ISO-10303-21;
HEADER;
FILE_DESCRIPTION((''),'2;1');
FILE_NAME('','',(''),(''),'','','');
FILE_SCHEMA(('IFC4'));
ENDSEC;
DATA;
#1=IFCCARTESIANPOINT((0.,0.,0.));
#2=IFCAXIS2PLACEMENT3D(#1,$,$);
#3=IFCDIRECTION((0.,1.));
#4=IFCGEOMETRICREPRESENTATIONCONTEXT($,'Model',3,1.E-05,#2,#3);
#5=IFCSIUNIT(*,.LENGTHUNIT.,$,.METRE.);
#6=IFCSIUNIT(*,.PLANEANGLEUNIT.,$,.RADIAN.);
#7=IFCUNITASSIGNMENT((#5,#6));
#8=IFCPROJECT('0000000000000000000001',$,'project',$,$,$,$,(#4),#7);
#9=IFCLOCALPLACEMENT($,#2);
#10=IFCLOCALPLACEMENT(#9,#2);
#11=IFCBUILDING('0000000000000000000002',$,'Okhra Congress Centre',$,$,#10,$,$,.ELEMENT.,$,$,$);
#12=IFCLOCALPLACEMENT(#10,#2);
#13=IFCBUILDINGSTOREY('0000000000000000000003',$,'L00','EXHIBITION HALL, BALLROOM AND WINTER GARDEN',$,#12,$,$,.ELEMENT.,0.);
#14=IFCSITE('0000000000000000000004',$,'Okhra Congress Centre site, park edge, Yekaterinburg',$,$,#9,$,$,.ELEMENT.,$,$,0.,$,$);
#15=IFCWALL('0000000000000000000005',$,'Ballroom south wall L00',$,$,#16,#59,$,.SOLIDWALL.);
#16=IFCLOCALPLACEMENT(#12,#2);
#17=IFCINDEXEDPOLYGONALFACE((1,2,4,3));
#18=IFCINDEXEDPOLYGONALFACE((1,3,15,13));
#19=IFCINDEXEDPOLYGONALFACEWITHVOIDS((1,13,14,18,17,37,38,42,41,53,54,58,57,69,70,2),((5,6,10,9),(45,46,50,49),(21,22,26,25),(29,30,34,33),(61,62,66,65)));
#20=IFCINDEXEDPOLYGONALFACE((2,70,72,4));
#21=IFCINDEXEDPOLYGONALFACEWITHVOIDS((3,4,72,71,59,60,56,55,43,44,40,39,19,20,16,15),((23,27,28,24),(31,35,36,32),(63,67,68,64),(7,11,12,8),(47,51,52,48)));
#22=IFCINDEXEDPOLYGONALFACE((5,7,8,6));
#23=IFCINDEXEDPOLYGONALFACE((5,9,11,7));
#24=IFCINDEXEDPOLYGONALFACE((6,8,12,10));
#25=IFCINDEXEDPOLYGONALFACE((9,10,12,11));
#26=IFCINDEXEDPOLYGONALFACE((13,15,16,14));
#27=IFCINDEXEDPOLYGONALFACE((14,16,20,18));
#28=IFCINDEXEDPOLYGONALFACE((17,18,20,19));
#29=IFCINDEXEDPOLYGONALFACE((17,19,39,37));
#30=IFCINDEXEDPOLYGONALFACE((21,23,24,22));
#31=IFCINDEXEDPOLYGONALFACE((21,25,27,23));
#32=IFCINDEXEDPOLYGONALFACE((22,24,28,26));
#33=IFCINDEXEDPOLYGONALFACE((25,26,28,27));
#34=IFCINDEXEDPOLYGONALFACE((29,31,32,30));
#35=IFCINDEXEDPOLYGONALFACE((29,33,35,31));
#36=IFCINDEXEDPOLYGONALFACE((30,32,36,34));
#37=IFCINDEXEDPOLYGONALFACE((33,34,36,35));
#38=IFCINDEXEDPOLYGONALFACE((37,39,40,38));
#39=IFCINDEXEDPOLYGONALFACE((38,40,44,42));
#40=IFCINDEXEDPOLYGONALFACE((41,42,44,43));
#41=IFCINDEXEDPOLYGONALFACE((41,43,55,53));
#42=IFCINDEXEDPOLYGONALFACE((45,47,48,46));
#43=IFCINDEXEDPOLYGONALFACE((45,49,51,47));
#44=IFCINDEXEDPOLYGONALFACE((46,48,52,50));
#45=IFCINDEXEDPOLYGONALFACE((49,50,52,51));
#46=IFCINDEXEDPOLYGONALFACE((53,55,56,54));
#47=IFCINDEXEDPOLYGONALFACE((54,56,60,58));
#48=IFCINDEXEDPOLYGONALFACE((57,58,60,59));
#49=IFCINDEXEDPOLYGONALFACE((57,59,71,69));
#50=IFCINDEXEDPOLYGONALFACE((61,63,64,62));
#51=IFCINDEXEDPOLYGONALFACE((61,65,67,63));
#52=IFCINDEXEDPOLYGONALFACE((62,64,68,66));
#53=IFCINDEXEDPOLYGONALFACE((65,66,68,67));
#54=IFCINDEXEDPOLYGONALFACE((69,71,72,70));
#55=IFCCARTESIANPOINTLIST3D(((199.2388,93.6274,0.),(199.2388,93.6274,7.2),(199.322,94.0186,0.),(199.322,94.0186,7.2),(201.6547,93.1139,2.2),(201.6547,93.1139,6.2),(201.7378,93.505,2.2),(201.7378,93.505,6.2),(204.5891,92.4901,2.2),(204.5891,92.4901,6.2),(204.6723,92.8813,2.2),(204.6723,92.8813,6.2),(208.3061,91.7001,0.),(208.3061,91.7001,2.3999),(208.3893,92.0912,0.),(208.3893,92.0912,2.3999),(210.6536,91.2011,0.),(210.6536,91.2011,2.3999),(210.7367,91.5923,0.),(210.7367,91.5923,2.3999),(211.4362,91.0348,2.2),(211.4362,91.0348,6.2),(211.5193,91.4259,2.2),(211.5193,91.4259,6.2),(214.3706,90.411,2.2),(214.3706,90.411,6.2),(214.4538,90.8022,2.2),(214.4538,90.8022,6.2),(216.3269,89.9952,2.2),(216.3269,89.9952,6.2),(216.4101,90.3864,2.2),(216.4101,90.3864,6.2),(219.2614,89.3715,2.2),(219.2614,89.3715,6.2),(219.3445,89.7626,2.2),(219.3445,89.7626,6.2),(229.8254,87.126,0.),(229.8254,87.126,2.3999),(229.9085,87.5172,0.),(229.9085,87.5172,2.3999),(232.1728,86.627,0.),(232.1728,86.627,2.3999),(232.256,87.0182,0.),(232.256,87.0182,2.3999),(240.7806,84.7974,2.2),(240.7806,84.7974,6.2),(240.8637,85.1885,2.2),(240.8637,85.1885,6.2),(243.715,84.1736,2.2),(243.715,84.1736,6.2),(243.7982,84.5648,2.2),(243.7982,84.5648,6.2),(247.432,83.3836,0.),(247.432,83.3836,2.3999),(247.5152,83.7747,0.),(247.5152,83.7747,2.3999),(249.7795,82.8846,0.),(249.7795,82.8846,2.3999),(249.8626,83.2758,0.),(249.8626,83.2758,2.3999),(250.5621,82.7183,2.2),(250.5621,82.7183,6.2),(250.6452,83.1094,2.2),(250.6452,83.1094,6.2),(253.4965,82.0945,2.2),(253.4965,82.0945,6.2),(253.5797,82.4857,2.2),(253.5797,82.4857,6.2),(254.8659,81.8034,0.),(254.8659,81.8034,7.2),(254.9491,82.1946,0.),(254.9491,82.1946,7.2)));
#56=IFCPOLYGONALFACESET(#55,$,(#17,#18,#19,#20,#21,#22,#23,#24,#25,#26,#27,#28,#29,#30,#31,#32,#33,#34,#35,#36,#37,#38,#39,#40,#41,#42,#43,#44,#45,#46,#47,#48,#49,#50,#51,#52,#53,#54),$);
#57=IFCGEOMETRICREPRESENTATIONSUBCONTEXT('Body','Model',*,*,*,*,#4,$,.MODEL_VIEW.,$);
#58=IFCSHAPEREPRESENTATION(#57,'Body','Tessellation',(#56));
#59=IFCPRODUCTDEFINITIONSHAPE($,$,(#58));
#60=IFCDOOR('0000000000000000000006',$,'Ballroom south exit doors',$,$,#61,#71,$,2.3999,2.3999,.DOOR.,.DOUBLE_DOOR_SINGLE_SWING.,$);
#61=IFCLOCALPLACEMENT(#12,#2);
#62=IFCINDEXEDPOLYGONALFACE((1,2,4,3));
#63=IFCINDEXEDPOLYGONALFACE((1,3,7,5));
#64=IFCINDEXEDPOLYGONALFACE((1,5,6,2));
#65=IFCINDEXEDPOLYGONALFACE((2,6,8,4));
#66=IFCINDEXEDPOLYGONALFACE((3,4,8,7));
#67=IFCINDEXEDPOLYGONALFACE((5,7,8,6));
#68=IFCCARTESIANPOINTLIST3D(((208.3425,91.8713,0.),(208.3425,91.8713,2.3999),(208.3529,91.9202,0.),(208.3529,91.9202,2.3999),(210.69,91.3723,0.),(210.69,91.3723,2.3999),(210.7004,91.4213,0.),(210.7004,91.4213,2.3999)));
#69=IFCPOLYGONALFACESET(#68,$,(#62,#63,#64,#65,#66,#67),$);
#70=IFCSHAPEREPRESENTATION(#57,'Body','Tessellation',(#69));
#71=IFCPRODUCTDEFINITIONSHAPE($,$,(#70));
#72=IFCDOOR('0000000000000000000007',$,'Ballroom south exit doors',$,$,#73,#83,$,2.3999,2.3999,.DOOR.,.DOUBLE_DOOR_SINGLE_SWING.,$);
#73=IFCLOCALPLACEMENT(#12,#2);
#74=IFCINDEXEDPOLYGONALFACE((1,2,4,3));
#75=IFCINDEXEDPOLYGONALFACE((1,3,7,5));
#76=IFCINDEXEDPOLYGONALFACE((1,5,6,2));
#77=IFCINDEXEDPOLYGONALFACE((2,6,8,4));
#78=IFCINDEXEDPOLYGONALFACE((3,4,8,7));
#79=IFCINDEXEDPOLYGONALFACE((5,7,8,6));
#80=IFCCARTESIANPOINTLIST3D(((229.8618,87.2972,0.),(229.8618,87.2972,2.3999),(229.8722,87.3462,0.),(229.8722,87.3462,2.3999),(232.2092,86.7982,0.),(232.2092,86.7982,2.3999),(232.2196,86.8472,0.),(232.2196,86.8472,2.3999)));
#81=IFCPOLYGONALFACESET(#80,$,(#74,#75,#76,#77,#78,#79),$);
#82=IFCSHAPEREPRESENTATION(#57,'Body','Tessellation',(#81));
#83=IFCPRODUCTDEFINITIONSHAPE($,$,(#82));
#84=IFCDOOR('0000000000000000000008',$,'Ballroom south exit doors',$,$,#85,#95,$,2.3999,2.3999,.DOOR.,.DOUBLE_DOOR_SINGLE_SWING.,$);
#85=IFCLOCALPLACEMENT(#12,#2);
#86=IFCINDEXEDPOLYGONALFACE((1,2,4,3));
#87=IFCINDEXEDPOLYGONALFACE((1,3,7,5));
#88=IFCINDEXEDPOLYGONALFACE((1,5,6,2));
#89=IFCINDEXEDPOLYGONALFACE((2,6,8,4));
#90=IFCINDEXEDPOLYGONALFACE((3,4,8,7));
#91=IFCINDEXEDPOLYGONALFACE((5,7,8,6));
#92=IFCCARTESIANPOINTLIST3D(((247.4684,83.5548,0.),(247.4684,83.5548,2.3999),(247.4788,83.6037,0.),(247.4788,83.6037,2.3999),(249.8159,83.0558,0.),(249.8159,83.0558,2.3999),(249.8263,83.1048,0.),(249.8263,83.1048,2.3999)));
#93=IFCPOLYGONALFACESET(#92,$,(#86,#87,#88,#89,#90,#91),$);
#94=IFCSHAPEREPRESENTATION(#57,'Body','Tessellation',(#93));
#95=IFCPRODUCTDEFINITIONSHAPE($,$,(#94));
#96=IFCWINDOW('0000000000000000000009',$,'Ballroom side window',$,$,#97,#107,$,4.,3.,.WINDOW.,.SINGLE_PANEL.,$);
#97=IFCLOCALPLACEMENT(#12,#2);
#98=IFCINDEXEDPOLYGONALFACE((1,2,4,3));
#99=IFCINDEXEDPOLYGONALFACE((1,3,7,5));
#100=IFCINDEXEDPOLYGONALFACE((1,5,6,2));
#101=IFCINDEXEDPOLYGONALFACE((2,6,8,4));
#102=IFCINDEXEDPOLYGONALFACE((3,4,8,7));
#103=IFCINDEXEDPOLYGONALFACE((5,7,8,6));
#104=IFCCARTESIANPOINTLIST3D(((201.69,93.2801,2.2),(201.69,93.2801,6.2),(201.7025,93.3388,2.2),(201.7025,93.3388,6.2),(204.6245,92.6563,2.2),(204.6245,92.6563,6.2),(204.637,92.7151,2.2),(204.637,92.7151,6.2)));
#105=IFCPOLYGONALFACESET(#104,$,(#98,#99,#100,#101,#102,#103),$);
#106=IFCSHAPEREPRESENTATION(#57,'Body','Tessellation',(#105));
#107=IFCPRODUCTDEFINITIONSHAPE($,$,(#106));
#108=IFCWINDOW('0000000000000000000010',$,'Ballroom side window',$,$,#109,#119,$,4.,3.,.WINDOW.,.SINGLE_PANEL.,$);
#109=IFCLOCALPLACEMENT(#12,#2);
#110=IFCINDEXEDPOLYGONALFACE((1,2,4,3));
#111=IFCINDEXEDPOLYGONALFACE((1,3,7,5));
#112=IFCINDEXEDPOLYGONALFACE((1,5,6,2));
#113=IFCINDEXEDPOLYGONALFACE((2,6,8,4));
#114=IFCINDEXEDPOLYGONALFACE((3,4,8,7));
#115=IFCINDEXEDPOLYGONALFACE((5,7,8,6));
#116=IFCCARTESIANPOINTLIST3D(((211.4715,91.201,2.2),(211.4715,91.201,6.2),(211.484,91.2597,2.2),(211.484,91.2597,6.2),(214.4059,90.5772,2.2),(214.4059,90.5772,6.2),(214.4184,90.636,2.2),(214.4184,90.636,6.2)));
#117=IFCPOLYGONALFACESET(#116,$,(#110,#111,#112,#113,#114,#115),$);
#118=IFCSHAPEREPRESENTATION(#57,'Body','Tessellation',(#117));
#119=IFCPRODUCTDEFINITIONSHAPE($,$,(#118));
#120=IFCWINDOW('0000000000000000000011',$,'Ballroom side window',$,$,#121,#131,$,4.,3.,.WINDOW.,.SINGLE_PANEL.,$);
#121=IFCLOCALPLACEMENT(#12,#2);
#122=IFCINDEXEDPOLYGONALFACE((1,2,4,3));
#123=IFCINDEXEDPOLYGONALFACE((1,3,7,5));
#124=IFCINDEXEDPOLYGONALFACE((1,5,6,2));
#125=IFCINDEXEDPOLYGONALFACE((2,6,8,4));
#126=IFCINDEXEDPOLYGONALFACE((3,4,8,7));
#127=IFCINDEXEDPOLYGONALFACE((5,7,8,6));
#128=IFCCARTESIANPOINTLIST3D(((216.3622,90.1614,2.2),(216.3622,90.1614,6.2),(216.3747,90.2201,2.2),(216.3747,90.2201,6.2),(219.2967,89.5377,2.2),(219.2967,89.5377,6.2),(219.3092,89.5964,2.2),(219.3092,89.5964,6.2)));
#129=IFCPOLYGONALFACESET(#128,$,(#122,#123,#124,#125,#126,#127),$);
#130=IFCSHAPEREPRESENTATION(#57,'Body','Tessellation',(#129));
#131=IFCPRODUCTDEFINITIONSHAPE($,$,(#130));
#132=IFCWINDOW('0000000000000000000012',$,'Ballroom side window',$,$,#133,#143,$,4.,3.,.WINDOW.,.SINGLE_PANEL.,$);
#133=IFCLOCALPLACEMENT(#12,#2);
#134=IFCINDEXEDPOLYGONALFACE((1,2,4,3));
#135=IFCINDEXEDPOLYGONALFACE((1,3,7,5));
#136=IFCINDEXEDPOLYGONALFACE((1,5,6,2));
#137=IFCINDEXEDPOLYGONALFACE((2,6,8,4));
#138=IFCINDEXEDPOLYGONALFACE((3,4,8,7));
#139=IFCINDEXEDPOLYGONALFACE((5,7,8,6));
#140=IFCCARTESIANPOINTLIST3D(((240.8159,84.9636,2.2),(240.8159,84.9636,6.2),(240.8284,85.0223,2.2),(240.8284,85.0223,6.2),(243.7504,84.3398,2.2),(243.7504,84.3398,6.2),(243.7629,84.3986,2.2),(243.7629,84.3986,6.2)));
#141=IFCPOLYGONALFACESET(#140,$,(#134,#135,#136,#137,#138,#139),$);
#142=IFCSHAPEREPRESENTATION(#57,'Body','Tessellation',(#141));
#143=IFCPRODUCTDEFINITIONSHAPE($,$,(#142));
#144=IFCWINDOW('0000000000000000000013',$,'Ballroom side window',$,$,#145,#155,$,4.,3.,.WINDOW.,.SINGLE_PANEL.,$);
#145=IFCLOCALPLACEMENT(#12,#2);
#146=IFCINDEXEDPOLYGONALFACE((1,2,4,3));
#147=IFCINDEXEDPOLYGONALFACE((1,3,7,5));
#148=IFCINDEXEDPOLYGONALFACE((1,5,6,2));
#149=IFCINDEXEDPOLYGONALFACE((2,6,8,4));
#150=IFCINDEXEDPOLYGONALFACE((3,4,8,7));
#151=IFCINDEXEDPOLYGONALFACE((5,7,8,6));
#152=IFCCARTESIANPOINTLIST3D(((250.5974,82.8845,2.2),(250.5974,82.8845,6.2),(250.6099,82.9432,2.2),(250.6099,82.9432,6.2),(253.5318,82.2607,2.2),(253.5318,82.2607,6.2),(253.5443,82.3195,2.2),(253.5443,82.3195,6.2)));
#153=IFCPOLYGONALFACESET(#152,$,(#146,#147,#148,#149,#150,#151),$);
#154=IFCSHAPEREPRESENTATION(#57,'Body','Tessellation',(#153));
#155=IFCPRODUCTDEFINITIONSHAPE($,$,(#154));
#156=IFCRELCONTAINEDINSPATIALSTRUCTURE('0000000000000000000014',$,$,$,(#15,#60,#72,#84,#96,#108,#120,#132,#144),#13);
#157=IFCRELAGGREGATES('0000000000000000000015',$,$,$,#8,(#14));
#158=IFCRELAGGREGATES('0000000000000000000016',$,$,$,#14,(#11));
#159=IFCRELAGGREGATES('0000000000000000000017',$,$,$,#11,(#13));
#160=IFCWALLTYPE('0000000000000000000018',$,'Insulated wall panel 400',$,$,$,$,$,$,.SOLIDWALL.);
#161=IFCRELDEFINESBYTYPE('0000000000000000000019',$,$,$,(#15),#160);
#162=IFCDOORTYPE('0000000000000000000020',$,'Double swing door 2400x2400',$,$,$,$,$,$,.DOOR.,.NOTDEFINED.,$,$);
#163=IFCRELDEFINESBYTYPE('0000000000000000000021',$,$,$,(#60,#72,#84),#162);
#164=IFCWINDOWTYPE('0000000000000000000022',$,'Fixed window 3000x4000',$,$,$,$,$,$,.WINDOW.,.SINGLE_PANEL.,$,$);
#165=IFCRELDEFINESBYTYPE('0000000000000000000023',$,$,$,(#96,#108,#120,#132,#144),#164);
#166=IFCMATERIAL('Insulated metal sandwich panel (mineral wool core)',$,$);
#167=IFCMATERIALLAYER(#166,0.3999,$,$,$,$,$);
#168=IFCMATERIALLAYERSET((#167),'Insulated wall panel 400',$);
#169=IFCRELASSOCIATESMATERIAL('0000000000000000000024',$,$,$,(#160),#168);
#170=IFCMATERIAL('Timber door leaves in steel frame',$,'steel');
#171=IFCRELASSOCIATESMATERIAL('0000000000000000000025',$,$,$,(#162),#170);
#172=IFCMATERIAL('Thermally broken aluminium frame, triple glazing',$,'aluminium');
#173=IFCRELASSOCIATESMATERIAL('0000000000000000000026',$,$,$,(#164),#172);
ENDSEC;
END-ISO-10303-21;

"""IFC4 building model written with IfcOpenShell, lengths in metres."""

from ifc_helpers import new_model, si_unit, direction, frame, frame_2d, origin, place, context, subcontext, project, spatial, rectangle, extrude, material, layer, layer_set, type_object, element, fill, save


model = new_model("IFC4")

# Units and contexts
model_context = context("Model", 3, precision=1e-05, world=origin(), true_north=direction((0.0, 1.0)))
body_context = subcontext(model_context, "Body", "Model", "MODEL_VIEW")
ifc_project = project(units=[si_unit("LENGTHUNIT", "METRE"), si_unit("PLANEANGLEUNIT", "RADIAN")], contexts=[model_context])

# Site, building, storey
site_placement = place(None, origin())
site = spatial("IfcSite", under=ifc_project, at=site_placement, Name="Okhra Congress Centre site, park edge, Yekaterinburg", CompositionType="ELEMENT", RefElevation=0.0)
building_placement = place(site_placement, origin())
building = spatial("IfcBuilding", under=site, at=building_placement, Name="Okhra Congress Centre", CompositionType="ELEMENT")
storey_placement = place(building_placement, origin())
storey = spatial("IfcBuildingStorey", under=building, at=storey_placement, Name="L00", Description="EXHIBITION HALL, BALLROOM AND WINTER GARDEN", CompositionType="ELEMENT", Elevation=0.0)

# Wall, openings, doors, windows
ifc_material_1 = material(Name="Insulated metal sandwich panel (mineral wool core)")
ifc_layer_1 = layer(ifc_material_1, 0.3999)
ifc_layer_set_1 = layer_set([ifc_layer_1], Name="Insulated wall panel 400")
wall_type_1 = type_object("IfcWallType", Name="Insulated wall panel 400", PredefinedType="SOLIDWALL", material=ifc_layer_set_1)
wall_1_placement = place(storey_placement, frame((199.2803, 93.823, 0.0), z_axis=(0.0, 0.0, 1.0), x_axis=(0.978147, -0.207913, 0.0)))
wall_1 = element("IfcWall", 1, at=wall_1_placement, inside=storey, type_object=wall_type_1, Name="Ballroom south wall L00", PredefinedType="SOLIDWALL", context=body_context, shape_type="SweptSolid", body=[
    extrude(rectangle(XDim=56.8699, YDim=0.3999, at=frame_2d((28.4351, 0.0))), origin(), (0.0, 0.0, 1.0), 7.2),
])
opening_1_placement = place(wall_1_placement, frame((9.27, 0.0, 0.0)))
opening_1 = element("IfcOpeningElement", 2, at=opening_1_placement, cuts=wall_1, PredefinedType="OPENING", context=body_context, shape_type="SweptSolid", body=[
    extrude(rectangle(XDim=2.3999, YDim=2.3999, at=frame_2d((1.2, 1.2))), frame((0.0, 0.21, 0.0), z_axis=(0.0, -1.0, 0.0), x_axis=(1.0, 0.0, 0.0)), (0.0, 0.0, 1.0), 0.4199),
])
opening_2_placement = place(wall_1_placement, frame((31.27, 0.0, 0.0)))
opening_2 = element("IfcOpeningElement", 3, at=opening_2_placement, cuts=wall_1, PredefinedType="OPENING", context=body_context, shape_type="SweptSolid", body=[
    extrude(rectangle(XDim=2.3999, YDim=2.3999, at=frame_2d((1.2, 1.2))), frame((0.0, 0.21, 0.0), z_axis=(0.0, -1.0, 0.0), x_axis=(1.0, 0.0, 0.0)), (0.0, 0.0, 1.0), 0.4199),
])
opening_3_placement = place(wall_1_placement, frame((49.27, 0.0, 0.0)))
opening_3 = element("IfcOpeningElement", 4, at=opening_3_placement, cuts=wall_1, PredefinedType="OPENING", context=body_context, shape_type="SweptSolid", body=[
    extrude(rectangle(XDim=2.3999, YDim=2.3999, at=frame_2d((1.2, 1.2))), frame((0.0, 0.21, 0.0), z_axis=(0.0, -1.0, 0.0), x_axis=(1.0, 0.0, 0.0)), (0.0, 0.0, 1.0), 0.4199),
])
opening_4_placement = place(wall_1_placement, frame((2.47, 0.0, 2.2)))
opening_4 = element("IfcOpeningElement", 5, at=opening_4_placement, cuts=wall_1, PredefinedType="OPENING", context=body_context, shape_type="SweptSolid", body=[
    extrude(rectangle(XDim=3.0, YDim=4.0, at=frame_2d((1.5, 2.0))), frame((0.0, 0.21, 0.0), z_axis=(0.0, -1.0, 0.0), x_axis=(1.0, 0.0, 0.0)), (0.0, 0.0, 1.0), 0.4199),
])
opening_5_placement = place(wall_1_placement, frame((12.47, 0.0, 2.2)))
opening_5 = element("IfcOpeningElement", 6, at=opening_5_placement, cuts=wall_1, PredefinedType="OPENING", context=body_context, shape_type="SweptSolid", body=[
    extrude(rectangle(XDim=3.0, YDim=4.0, at=frame_2d((1.5, 2.0))), frame((0.0, 0.21, 0.0), z_axis=(0.0, -1.0, 0.0), x_axis=(1.0, 0.0, 0.0)), (0.0, 0.0, 1.0), 0.4199),
])
opening_6_placement = place(wall_1_placement, frame((17.47, 0.0, 2.2)))
opening_6 = element("IfcOpeningElement", 7, at=opening_6_placement, cuts=wall_1, PredefinedType="OPENING", context=body_context, shape_type="SweptSolid", body=[
    extrude(rectangle(XDim=3.0, YDim=4.0, at=frame_2d((1.5, 2.0))), frame((0.0, 0.21, 0.0), z_axis=(0.0, -1.0, 0.0), x_axis=(1.0, 0.0, 0.0)), (0.0, 0.0, 1.0), 0.4199),
])
opening_7_placement = place(wall_1_placement, frame((42.47, 0.0, 2.2)))
opening_7 = element("IfcOpeningElement", 8, at=opening_7_placement, cuts=wall_1, PredefinedType="OPENING", context=body_context, shape_type="SweptSolid", body=[
    extrude(rectangle(XDim=3.0, YDim=4.0, at=frame_2d((1.5, 2.0))), frame((0.0, 0.21, 0.0), z_axis=(0.0, -1.0, 0.0), x_axis=(1.0, 0.0, 0.0)), (0.0, 0.0, 1.0), 0.4199),
])
opening_8_placement = place(wall_1_placement, frame((52.47, 0.0, 2.2)))
opening_8 = element("IfcOpeningElement", 9, at=opening_8_placement, cuts=wall_1, PredefinedType="OPENING", context=body_context, shape_type="SweptSolid", body=[
    extrude(rectangle(XDim=3.0, YDim=4.0, at=frame_2d((1.5, 2.0))), frame((0.0, 0.21, 0.0), z_axis=(0.0, -1.0, 0.0), x_axis=(1.0, 0.0, 0.0)), (0.0, 0.0, 1.0), 0.4199),
])
ifc_material_2 = material(Name="Timber door leaves in steel frame", Category="steel")
door_type = type_object("IfcDoorType", Name="Double swing door 2400x2400", OperationType="NOTDEFINED", PredefinedType="DOOR", material=ifc_material_2)
door_1_placement = place(opening_1_placement, frame((2.3999, 0.0, 0.0), z_axis=(0.0, 0.0, 1.0), x_axis=(-1.0, 0.0, 0.0)))
door_1 = element("IfcDoor", 10, at=door_1_placement, inside=storey, type_object=door_type, Name="Ballroom south exit doors", OperationType="DOUBLE_DOOR_SINGLE_SWING", OverallHeight=2.3999, OverallWidth=2.3999, PredefinedType="DOOR", context=body_context, shape_type="SweptSolid", body=[
    extrude(rectangle(XDim=2.3999, YDim=2.3999, at=frame_2d((1.2, 1.2))), frame((0.0, 0.0249, 0.0), z_axis=(0.0, -1.0, 0.0), x_axis=(1.0, 0.0, 0.0)), (0.0, 0.0, 1.0), 0.05),
])
fill(opening_1, door_1)
door_2_placement = place(opening_2_placement, frame((2.3999, 0.0, 0.0), z_axis=(0.0, 0.0, 1.0), x_axis=(-1.0, 0.0, 0.0)))
door_2 = element("IfcDoor", 11, at=door_2_placement, inside=storey, type_object=door_type, Name="Ballroom south exit doors", OperationType="DOUBLE_DOOR_SINGLE_SWING", OverallHeight=2.3999, OverallWidth=2.3999, PredefinedType="DOOR", context=body_context, shape_type="SweptSolid", body=[
    extrude(rectangle(XDim=2.3999, YDim=2.3999, at=frame_2d((1.2, 1.2))), frame((0.0, 0.0249, 0.0), z_axis=(0.0, -1.0, 0.0), x_axis=(1.0, 0.0, 0.0)), (0.0, 0.0, 1.0), 0.05),
])
fill(opening_2, door_2)
door_3_placement = place(opening_3_placement, frame((2.3999, 0.0, 0.0), z_axis=(0.0, 0.0, 1.0), x_axis=(-1.0, 0.0, 0.0)))
door_3 = element("IfcDoor", 12, at=door_3_placement, inside=storey, type_object=door_type, Name="Ballroom south exit doors", OperationType="DOUBLE_DOOR_SINGLE_SWING", OverallHeight=2.3999, OverallWidth=2.3999, PredefinedType="DOOR", context=body_context, shape_type="SweptSolid", body=[
    extrude(rectangle(XDim=2.3999, YDim=2.3999, at=frame_2d((1.2, 1.2))), frame((0.0, 0.0249, 0.0), z_axis=(0.0, -1.0, 0.0), x_axis=(1.0, 0.0, 0.0)), (0.0, 0.0, 1.0), 0.05),
])
fill(opening_3, door_3)
ifc_material_3 = material(Name="Thermally broken aluminium frame, triple glazing", Category="aluminium")
window_type = type_object("IfcWindowType", Name="Fixed window 3000x4000", PartitioningType="SINGLE_PANEL", PredefinedType="WINDOW", material=ifc_material_3)
window_1_placement = place(opening_4_placement, origin())
window_1 = element("IfcWindow", 13, at=window_1_placement, inside=storey, type_object=window_type, Name="Ballroom side window", OverallHeight=4.0, OverallWidth=3.0, PartitioningType="SINGLE_PANEL", PredefinedType="WINDOW", context=body_context, shape_type="SweptSolid", body=[
    extrude(rectangle(XDim=3.0, YDim=4.0, at=frame_2d((1.5, 2.0))), frame((0.0, 0.03, 0.0), z_axis=(0.0, -1.0, 0.0), x_axis=(1.0, 0.0, 0.0)), (0.0, 0.0, 1.0), 0.0601),
])
fill(opening_4, window_1)
window_2_placement = place(opening_5_placement, origin())
window_2 = element("IfcWindow", 14, at=window_2_placement, inside=storey, type_object=window_type, Name="Ballroom side window", OverallHeight=4.0, OverallWidth=3.0, PartitioningType="SINGLE_PANEL", PredefinedType="WINDOW", context=body_context, shape_type="SweptSolid", body=[
    extrude(rectangle(XDim=3.0, YDim=4.0, at=frame_2d((1.5, 2.0))), frame((0.0, 0.03, 0.0), z_axis=(0.0, -1.0, 0.0), x_axis=(1.0, 0.0, 0.0)), (0.0, 0.0, 1.0), 0.0601),
])
fill(opening_5, window_2)
window_3_placement = place(opening_6_placement, origin())
window_3 = element("IfcWindow", 15, at=window_3_placement, inside=storey, type_object=window_type, Name="Ballroom side window", OverallHeight=4.0, OverallWidth=3.0, PartitioningType="SINGLE_PANEL", PredefinedType="WINDOW", context=body_context, shape_type="SweptSolid", body=[
    extrude(rectangle(XDim=3.0, YDim=4.0, at=frame_2d((1.5, 2.0))), frame((0.0, 0.03, 0.0), z_axis=(0.0, -1.0, 0.0), x_axis=(1.0, 0.0, 0.0)), (0.0, 0.0, 1.0), 0.0601),
])
fill(opening_6, window_3)
window_4_placement = place(opening_7_placement, origin())
window_4 = element("IfcWindow", 16, at=window_4_placement, inside=storey, type_object=window_type, Name="Ballroom side window", OverallHeight=4.0, OverallWidth=3.0, PartitioningType="SINGLE_PANEL", PredefinedType="WINDOW", context=body_context, shape_type="SweptSolid", body=[
    extrude(rectangle(XDim=3.0, YDim=4.0, at=frame_2d((1.5, 2.0))), frame((0.0, 0.03, 0.0), z_axis=(0.0, -1.0, 0.0), x_axis=(1.0, 0.0, 0.0)), (0.0, 0.0, 1.0), 0.0601),
])
fill(opening_7, window_4)
window_5_placement = place(opening_8_placement, origin())
window_5 = element("IfcWindow", 17, at=window_5_placement, inside=storey, type_object=window_type, Name="Ballroom side window", OverallHeight=4.0, OverallWidth=3.0, PartitioningType="SINGLE_PANEL", PredefinedType="WINDOW", context=body_context, shape_type="SweptSolid", body=[
    extrude(rectangle(XDim=3.0, YDim=4.0, at=frame_2d((1.5, 2.0))), frame((0.0, 0.03, 0.0), z_axis=(0.0, -1.0, 0.0), x_axis=(1.0, 0.0, 0.0)), (0.0, 0.0, 1.0), 0.0601),
])
fill(opening_8, window_5)

save(model, "model.ifc")
